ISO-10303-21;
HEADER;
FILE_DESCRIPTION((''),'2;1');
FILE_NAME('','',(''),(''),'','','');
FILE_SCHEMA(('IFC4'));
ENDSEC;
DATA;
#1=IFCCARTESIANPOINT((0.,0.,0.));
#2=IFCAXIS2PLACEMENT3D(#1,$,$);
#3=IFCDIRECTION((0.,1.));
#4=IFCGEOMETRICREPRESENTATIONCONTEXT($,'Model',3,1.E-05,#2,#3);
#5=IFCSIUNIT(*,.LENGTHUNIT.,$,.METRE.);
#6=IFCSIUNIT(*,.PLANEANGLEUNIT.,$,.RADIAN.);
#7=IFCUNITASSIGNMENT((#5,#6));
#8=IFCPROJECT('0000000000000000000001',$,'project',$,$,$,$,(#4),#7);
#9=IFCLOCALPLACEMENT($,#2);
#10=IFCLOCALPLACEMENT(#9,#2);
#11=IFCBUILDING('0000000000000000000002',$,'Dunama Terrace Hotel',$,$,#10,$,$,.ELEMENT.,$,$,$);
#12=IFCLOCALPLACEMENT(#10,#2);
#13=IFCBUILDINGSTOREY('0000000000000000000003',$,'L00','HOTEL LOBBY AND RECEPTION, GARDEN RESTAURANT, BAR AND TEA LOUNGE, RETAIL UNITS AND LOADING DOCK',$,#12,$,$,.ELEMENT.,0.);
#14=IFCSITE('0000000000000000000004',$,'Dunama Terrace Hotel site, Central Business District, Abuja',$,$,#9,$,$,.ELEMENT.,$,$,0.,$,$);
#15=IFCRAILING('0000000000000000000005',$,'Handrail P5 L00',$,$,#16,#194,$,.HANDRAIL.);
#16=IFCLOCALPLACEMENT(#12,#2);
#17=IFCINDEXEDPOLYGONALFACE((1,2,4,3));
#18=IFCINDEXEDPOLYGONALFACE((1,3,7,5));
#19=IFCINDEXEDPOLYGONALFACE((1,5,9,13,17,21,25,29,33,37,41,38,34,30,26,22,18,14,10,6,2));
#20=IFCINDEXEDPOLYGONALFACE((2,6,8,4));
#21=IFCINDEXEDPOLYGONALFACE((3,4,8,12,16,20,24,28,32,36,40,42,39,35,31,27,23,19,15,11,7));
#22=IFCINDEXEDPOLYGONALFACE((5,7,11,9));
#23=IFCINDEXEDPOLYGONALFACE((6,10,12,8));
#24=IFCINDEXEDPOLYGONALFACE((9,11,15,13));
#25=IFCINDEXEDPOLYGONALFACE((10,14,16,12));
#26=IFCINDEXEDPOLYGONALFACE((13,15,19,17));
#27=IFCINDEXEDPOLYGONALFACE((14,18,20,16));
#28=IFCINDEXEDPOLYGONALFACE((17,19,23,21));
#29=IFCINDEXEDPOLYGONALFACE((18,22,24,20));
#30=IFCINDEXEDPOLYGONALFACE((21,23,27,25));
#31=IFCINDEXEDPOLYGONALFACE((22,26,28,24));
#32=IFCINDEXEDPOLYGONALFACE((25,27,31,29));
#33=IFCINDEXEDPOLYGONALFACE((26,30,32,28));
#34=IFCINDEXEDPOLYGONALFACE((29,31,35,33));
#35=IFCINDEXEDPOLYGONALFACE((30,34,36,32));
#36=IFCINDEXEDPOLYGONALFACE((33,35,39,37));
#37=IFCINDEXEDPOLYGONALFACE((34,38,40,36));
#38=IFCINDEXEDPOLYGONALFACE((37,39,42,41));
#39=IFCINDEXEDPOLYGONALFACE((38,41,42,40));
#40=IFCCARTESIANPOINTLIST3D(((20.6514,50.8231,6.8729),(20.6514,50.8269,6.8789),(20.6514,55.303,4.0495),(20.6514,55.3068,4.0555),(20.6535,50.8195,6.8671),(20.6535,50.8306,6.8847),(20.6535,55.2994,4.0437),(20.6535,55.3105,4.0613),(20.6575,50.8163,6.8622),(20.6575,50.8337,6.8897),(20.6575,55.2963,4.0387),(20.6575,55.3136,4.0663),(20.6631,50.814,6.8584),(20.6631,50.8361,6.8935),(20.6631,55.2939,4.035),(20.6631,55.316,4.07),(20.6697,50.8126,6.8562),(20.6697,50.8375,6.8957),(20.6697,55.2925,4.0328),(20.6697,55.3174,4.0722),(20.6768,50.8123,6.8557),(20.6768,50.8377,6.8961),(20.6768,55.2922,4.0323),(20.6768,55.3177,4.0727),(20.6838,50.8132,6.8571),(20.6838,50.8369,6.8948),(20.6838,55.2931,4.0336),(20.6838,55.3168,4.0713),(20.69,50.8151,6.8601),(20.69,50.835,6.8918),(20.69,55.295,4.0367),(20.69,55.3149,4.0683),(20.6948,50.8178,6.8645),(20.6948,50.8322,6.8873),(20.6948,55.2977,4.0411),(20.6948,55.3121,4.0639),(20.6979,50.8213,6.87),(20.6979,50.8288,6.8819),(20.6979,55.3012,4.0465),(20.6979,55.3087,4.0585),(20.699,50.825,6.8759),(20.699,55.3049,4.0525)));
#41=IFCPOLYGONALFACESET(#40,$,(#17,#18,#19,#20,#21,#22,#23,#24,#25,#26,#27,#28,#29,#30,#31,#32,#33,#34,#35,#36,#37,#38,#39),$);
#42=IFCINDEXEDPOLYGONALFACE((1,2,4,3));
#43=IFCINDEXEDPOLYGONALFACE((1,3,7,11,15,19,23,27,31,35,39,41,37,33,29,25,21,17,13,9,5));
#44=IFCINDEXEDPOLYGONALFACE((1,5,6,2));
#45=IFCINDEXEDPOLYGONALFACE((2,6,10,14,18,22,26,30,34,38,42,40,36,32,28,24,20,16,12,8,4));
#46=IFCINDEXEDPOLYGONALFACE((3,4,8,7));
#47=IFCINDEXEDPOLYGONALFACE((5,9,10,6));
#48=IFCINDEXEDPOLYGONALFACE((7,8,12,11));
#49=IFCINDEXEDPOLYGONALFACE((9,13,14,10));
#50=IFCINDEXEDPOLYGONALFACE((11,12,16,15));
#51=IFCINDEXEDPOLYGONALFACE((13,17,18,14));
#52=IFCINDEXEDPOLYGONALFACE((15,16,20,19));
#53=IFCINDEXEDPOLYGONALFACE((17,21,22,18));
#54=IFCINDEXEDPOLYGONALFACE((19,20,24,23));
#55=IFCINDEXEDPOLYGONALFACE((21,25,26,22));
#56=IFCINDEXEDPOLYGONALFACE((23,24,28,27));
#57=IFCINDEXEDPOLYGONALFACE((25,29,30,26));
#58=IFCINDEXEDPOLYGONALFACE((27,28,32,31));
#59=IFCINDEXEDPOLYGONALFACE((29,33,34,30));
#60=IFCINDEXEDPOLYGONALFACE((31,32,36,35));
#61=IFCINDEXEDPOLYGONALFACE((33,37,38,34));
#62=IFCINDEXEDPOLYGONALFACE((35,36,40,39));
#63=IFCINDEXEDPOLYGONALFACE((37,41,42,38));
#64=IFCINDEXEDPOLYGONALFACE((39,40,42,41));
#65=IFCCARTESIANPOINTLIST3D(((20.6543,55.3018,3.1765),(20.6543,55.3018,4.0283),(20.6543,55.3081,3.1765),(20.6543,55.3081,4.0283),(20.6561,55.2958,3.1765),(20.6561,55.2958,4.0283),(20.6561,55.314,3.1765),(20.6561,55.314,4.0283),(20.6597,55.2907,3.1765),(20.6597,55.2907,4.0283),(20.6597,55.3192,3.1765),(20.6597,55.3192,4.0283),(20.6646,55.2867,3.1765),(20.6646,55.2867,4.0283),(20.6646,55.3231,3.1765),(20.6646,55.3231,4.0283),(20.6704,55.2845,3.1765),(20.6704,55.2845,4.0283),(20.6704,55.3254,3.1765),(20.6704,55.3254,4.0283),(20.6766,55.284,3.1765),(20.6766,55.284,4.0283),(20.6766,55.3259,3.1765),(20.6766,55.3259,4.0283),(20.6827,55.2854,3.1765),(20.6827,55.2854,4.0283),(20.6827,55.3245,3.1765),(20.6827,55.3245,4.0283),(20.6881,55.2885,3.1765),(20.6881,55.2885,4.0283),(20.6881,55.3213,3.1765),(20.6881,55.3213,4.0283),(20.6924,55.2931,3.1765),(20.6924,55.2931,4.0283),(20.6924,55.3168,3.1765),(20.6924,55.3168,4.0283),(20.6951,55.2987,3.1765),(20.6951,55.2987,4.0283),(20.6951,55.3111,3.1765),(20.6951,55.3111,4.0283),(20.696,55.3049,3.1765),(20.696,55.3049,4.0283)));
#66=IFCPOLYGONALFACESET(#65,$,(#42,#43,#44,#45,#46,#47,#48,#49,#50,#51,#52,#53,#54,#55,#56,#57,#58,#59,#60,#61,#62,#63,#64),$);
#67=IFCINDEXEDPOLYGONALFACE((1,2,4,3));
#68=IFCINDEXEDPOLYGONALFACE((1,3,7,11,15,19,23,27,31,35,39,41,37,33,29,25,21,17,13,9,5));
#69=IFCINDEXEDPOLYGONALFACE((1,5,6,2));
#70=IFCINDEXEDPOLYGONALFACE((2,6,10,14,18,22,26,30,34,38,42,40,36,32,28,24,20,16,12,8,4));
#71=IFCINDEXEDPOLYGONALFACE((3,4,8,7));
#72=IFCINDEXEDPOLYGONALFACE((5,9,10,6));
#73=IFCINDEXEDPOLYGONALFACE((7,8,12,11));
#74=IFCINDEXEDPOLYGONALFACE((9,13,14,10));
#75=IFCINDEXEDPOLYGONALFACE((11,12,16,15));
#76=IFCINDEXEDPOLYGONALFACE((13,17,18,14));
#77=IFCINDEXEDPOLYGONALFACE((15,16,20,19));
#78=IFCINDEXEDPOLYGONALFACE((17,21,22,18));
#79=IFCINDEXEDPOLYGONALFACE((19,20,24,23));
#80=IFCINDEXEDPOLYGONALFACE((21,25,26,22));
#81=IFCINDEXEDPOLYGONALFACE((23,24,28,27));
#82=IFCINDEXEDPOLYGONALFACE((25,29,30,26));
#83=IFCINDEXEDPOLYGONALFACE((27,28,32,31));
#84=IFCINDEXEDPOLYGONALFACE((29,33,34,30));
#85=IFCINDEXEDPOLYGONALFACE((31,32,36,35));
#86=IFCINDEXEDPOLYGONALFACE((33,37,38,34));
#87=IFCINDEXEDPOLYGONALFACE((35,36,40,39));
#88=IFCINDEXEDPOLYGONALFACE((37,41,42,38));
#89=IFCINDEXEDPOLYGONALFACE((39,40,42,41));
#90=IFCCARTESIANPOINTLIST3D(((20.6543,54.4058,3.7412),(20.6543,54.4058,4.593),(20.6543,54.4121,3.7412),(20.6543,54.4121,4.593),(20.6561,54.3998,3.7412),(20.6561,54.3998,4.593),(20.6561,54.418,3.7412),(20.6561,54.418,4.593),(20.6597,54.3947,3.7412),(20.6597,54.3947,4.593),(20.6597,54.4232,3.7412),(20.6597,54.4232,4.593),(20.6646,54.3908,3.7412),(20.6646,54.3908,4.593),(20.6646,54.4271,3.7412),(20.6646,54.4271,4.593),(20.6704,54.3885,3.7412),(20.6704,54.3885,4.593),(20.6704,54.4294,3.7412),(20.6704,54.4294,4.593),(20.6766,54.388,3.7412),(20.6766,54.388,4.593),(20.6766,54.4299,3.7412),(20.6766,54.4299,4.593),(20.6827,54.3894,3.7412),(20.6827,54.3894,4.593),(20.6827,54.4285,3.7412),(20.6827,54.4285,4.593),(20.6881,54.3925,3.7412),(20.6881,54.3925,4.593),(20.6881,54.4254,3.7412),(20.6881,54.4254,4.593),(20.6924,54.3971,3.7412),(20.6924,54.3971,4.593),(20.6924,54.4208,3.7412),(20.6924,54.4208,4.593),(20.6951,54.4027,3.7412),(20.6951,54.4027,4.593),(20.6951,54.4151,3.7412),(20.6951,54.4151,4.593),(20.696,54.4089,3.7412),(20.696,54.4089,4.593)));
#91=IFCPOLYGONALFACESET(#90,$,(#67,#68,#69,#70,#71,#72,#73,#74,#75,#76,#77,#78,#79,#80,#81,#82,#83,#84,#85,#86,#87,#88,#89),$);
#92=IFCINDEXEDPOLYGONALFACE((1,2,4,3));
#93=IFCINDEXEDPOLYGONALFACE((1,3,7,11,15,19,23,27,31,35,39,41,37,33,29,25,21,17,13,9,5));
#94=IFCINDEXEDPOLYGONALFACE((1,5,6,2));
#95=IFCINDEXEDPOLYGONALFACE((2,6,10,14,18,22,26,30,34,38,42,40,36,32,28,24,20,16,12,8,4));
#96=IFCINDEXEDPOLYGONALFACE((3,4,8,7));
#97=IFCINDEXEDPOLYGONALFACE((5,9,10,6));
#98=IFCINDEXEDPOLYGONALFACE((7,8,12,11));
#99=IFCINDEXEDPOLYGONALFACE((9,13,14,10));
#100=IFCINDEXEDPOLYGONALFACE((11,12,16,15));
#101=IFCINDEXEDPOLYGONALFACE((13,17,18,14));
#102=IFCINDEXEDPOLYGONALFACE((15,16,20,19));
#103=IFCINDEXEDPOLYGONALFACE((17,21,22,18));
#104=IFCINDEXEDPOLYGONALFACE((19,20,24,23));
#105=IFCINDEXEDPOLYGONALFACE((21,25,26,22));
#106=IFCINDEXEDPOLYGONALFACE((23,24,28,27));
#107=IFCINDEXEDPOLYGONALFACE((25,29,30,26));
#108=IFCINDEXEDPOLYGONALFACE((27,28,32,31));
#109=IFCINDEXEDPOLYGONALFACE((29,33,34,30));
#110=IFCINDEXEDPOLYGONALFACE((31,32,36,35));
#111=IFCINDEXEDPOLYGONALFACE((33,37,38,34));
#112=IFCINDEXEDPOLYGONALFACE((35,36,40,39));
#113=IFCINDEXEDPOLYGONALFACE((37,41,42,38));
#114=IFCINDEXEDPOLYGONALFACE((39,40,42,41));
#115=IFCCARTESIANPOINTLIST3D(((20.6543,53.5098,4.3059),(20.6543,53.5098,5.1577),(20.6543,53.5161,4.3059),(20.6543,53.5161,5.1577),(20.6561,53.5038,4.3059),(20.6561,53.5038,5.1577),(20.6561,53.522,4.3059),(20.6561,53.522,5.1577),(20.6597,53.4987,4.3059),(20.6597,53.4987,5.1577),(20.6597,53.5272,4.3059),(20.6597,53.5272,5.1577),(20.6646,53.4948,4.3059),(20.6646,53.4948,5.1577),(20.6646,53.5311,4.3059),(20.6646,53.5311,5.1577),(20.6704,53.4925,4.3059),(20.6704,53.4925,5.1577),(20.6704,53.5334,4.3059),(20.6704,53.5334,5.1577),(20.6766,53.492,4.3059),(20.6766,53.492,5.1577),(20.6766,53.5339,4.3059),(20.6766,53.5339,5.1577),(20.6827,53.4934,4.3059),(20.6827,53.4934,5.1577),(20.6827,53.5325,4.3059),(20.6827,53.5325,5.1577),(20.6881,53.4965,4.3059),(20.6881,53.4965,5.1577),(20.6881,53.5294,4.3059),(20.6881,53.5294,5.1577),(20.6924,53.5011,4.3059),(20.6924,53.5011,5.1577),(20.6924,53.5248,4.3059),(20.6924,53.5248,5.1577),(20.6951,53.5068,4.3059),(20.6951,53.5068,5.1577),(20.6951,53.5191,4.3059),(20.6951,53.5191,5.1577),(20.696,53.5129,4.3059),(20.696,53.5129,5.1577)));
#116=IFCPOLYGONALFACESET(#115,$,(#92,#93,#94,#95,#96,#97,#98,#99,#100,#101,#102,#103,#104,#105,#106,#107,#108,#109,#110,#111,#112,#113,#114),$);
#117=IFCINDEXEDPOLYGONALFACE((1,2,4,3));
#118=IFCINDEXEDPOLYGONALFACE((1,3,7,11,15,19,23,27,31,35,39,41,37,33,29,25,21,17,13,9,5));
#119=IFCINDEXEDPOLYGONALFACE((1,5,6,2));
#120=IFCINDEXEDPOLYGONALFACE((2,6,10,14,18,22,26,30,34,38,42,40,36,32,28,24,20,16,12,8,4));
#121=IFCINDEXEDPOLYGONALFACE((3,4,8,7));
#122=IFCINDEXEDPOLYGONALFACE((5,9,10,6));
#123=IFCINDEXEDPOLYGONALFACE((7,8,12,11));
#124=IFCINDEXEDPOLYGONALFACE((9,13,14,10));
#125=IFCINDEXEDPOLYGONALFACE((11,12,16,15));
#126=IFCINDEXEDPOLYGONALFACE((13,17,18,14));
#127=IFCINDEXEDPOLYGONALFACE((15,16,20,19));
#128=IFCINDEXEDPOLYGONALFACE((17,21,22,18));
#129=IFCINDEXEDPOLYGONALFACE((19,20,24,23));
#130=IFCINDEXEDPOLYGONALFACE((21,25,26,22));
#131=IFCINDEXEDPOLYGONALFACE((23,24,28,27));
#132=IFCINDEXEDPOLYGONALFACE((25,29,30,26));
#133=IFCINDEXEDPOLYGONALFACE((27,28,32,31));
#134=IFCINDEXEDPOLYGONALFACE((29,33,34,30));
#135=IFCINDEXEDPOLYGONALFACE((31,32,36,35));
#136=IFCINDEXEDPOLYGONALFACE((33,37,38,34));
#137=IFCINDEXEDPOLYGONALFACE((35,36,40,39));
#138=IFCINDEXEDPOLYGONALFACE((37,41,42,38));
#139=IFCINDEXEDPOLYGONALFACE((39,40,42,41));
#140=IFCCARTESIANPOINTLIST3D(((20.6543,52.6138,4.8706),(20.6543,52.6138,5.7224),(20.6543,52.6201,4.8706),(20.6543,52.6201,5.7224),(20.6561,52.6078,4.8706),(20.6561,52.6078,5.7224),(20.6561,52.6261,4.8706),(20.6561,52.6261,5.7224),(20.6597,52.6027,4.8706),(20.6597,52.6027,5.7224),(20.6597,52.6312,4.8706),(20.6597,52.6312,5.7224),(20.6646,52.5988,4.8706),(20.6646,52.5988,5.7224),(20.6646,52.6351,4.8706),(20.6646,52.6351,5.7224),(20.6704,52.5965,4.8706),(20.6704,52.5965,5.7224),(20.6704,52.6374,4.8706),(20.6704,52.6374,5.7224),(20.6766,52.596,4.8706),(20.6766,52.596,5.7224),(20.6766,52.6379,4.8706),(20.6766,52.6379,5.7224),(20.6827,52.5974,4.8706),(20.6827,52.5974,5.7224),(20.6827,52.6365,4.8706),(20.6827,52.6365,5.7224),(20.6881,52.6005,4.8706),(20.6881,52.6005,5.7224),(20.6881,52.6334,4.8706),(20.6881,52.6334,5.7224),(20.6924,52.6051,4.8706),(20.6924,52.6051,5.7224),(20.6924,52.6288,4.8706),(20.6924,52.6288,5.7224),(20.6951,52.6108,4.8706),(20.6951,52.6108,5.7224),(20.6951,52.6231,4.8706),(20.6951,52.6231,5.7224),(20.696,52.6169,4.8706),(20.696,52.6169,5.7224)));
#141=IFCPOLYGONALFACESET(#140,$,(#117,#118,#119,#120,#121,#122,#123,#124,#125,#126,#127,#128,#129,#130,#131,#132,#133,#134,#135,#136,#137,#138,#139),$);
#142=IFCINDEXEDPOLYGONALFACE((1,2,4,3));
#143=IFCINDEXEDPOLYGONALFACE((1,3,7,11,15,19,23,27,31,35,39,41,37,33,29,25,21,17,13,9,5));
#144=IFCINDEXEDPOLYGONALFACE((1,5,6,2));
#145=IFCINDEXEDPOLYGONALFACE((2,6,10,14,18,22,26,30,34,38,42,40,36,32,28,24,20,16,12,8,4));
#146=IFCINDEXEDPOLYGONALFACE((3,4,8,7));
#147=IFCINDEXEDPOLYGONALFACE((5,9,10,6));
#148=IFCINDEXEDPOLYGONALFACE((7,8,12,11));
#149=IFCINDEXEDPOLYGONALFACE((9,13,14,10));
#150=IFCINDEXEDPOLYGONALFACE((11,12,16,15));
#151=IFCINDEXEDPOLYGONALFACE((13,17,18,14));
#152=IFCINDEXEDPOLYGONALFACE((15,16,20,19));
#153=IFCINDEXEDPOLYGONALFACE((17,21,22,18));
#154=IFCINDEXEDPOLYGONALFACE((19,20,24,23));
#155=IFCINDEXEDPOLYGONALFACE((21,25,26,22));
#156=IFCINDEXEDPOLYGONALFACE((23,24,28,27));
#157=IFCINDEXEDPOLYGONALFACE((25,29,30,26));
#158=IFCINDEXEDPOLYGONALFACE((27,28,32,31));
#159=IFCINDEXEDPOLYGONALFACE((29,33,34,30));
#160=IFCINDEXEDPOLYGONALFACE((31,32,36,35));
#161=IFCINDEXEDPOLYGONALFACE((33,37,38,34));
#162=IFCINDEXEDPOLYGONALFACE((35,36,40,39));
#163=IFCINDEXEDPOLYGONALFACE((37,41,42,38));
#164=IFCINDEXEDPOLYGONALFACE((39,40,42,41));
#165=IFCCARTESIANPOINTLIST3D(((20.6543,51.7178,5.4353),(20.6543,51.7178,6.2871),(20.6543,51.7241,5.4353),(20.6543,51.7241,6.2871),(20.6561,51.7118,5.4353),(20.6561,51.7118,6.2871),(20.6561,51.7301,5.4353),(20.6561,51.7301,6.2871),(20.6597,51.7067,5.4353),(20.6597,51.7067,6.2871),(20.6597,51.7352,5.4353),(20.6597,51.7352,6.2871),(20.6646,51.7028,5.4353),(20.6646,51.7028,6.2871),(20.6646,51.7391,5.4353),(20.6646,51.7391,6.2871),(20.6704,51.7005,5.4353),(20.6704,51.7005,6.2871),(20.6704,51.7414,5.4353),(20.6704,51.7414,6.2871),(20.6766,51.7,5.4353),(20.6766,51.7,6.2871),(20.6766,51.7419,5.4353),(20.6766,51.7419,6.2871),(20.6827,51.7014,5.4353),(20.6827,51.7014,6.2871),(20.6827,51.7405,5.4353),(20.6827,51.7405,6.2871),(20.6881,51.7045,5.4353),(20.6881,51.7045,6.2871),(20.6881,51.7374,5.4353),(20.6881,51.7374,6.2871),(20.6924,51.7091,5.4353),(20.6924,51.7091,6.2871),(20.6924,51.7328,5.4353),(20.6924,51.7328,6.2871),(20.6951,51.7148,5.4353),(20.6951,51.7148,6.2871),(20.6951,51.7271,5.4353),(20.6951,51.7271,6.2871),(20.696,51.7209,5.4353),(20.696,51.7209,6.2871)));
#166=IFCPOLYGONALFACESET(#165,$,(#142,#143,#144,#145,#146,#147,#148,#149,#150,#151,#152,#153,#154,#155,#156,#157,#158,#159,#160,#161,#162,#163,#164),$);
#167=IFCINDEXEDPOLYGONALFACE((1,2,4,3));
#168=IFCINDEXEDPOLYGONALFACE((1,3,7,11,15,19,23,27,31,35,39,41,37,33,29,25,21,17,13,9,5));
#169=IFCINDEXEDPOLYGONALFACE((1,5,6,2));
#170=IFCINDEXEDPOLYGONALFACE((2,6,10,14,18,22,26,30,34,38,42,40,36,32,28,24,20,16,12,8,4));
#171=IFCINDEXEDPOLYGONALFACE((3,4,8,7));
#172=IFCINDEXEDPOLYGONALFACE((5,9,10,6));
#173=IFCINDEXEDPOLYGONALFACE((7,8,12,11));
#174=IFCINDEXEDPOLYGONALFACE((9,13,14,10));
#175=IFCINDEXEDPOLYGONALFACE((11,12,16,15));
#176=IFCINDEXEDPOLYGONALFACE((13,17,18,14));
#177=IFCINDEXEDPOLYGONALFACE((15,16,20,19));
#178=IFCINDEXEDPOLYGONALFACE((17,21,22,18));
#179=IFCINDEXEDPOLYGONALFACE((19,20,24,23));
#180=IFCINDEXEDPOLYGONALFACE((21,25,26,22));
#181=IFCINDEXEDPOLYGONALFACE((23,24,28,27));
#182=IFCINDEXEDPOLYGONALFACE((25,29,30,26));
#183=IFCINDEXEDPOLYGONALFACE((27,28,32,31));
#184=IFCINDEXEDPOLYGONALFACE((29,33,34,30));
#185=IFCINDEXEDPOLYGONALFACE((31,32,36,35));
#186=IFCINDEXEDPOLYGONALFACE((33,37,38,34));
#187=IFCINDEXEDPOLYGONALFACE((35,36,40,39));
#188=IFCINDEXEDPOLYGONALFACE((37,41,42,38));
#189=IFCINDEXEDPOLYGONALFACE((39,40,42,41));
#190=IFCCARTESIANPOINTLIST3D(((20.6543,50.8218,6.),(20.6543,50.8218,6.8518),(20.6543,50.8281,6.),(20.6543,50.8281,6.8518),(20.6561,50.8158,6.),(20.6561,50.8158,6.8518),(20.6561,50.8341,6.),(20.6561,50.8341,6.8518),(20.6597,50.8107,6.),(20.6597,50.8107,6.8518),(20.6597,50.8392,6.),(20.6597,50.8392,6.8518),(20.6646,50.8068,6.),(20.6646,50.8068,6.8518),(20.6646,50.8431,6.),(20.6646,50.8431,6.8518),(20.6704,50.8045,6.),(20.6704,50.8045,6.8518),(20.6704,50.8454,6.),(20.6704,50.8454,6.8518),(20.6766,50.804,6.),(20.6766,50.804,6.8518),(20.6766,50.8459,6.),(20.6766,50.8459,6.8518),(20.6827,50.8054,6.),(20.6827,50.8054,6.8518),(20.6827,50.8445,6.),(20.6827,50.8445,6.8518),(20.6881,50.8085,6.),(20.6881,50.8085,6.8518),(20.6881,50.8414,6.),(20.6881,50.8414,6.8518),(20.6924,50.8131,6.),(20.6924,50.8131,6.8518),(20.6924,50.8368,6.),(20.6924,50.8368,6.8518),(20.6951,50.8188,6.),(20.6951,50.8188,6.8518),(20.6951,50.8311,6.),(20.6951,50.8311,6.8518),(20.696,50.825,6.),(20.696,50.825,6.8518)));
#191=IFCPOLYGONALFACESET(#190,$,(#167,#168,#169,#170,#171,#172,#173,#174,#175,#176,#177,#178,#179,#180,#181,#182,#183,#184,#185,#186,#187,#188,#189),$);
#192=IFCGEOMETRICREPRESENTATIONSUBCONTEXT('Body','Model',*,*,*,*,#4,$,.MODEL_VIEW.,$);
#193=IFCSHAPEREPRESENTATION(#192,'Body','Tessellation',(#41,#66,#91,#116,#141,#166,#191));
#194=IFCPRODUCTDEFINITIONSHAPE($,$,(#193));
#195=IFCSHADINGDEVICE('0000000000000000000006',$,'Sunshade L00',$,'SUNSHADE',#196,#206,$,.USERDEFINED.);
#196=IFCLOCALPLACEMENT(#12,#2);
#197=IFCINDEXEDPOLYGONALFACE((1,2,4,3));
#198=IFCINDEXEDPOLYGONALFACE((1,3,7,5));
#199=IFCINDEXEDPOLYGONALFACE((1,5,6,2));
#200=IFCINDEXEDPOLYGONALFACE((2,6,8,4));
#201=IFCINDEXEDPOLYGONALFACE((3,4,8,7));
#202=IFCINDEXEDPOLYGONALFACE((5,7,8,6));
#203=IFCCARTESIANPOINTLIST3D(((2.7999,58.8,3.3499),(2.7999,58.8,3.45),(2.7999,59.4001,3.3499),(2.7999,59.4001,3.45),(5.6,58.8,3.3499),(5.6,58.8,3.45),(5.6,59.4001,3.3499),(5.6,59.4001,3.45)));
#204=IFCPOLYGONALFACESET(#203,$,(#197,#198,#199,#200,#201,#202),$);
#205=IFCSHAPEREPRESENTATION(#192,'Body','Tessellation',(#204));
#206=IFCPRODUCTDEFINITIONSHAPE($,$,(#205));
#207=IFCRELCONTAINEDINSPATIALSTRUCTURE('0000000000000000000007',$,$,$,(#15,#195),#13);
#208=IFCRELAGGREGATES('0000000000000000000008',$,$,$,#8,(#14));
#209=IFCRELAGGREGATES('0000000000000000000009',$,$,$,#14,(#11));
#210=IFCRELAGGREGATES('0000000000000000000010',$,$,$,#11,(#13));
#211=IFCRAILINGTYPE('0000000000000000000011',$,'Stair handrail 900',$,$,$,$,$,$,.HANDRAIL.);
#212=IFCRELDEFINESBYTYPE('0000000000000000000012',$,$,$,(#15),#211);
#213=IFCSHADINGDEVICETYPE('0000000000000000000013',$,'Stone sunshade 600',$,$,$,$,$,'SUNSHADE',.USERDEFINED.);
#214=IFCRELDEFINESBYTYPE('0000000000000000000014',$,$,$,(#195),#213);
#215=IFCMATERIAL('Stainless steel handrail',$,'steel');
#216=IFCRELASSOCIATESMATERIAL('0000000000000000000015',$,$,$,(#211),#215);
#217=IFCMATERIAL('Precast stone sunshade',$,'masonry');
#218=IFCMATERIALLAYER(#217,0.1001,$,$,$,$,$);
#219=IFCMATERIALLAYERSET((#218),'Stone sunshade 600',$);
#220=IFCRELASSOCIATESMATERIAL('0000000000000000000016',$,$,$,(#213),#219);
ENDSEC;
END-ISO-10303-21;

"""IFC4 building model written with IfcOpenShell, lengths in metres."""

from ifc_helpers import new_model, si_unit, direction, frame, origin, origin_2d, place, context, subcontext, project, spatial, rectangle, circle, extrude, material, layer, layer_set, type_object, element, save


model = new_model("IFC4")

# Units and contexts
model_context = context("Model", 3, precision=1e-05, world=origin(), true_north=direction((0.0, 1.0)))
body_context = subcontext(model_context, "Body", "Model", "MODEL_VIEW")
ifc_project = project(units=[si_unit("LENGTHUNIT", "METRE"), si_unit("PLANEANGLEUNIT", "RADIAN")], contexts=[model_context])

# Site, building, storey
site_placement = place(None, origin())
site = spatial("IfcSite", under=ifc_project, at=site_placement, Name="Dunama Terrace Hotel site, Central Business District, Abuja", CompositionType="ELEMENT", RefElevation=0.0)
building_placement = place(site_placement, origin())
building = spatial("IfcBuilding", under=site, at=building_placement, Name="Dunama Terrace Hotel", CompositionType="ELEMENT")
storey_placement = place(building_placement, origin())
storey = spatial("IfcBuildingStorey", under=building, at=storey_placement, Name="L00", Description="HOTEL LOBBY AND RECEPTION, GARDEN RESTAURANT, BAR AND TEA LOUNGE, RETAIL UNITS AND LOADING DOCK", CompositionType="ELEMENT", Elevation=0.0)

# Railing
ifc_material_1 = material(Name="Stainless steel handrail", Category="steel")
railing_type = type_object("IfcRailingType", Name="Stair handrail 900", PredefinedType="HANDRAIL", material=ifc_material_1)
railing_1_placement = place(storey_placement, frame((20.675, 55.3049, 3.1765)))
element("IfcRailing", 1, at=railing_1_placement, inside=storey, type_object=railing_type, Name="Handrail P5 L00", PredefinedType="HANDRAIL", context=body_context, shape_type="SweptSolid", body=[
    extrude(circle(Radius=0.0239, at=origin_2d()), frame((0.0, 0.0, 0.876), z_axis=(0.0, -0.845998, 0.533186), x_axis=(1.0, 0.0, 0.0)), (0.0, 0.0, 1.0), 5.2954),
    extrude(circle(Radius=0.021, at=origin_2d()), origin(), (0.0, 0.0, 1.0), 0.8518),
    extrude(circle(Radius=0.021, at=origin_2d()), frame((0.0, -0.896, 0.5647)), (0.0, 0.0, 1.0), 0.8518),
    extrude(circle(Radius=0.021, at=origin_2d()), frame((0.0, -1.792, 1.1294)), (0.0, 0.0, 1.0), 0.8518),
    extrude(circle(Radius=0.021, at=origin_2d()), frame((0.0, -2.688, 1.6941)), (0.0, 0.0, 1.0), 0.8518),
    extrude(circle(Radius=0.021, at=origin_2d()), frame((0.0, -3.584, 2.2588)), (0.0, 0.0, 1.0), 0.8518),
    extrude(circle(Radius=0.021, at=origin_2d()), frame((0.0, -4.48, 2.8235)), (0.0, 0.0, 1.0), 0.8518),
])

# Shading device
ifc_material_2 = material(Name="Precast stone sunshade", Category="masonry")
ifc_layer_1 = layer(ifc_material_2, 0.1001)
ifc_layer_set_1 = layer_set([ifc_layer_1], Name="Stone sunshade 600")
shading_device_type = type_object("IfcShadingDeviceType", Name="Stone sunshade 600", ElementType="SUNSHADE", PredefinedType="USERDEFINED", material=ifc_layer_set_1)
shading_device_placement = place(storey_placement, frame((4.2, 59.1001, 3.3499), z_axis=(0.0, 0.0, 1.0), x_axis=(-1.0, 0.0, 0.0)))
element("IfcShadingDevice", 2, at=shading_device_placement, inside=storey, type_object=shading_device_type, Name="Sunshade L00", ObjectType="SUNSHADE", PredefinedType="USERDEFINED", context=body_context, shape_type="SweptSolid", body=[
    extrude(rectangle(XDim=2.8, YDim=0.6001, at=origin_2d()), origin(), (0.0, 0.0, 1.0), 0.1001),
])

save(model, "model.ifc")
